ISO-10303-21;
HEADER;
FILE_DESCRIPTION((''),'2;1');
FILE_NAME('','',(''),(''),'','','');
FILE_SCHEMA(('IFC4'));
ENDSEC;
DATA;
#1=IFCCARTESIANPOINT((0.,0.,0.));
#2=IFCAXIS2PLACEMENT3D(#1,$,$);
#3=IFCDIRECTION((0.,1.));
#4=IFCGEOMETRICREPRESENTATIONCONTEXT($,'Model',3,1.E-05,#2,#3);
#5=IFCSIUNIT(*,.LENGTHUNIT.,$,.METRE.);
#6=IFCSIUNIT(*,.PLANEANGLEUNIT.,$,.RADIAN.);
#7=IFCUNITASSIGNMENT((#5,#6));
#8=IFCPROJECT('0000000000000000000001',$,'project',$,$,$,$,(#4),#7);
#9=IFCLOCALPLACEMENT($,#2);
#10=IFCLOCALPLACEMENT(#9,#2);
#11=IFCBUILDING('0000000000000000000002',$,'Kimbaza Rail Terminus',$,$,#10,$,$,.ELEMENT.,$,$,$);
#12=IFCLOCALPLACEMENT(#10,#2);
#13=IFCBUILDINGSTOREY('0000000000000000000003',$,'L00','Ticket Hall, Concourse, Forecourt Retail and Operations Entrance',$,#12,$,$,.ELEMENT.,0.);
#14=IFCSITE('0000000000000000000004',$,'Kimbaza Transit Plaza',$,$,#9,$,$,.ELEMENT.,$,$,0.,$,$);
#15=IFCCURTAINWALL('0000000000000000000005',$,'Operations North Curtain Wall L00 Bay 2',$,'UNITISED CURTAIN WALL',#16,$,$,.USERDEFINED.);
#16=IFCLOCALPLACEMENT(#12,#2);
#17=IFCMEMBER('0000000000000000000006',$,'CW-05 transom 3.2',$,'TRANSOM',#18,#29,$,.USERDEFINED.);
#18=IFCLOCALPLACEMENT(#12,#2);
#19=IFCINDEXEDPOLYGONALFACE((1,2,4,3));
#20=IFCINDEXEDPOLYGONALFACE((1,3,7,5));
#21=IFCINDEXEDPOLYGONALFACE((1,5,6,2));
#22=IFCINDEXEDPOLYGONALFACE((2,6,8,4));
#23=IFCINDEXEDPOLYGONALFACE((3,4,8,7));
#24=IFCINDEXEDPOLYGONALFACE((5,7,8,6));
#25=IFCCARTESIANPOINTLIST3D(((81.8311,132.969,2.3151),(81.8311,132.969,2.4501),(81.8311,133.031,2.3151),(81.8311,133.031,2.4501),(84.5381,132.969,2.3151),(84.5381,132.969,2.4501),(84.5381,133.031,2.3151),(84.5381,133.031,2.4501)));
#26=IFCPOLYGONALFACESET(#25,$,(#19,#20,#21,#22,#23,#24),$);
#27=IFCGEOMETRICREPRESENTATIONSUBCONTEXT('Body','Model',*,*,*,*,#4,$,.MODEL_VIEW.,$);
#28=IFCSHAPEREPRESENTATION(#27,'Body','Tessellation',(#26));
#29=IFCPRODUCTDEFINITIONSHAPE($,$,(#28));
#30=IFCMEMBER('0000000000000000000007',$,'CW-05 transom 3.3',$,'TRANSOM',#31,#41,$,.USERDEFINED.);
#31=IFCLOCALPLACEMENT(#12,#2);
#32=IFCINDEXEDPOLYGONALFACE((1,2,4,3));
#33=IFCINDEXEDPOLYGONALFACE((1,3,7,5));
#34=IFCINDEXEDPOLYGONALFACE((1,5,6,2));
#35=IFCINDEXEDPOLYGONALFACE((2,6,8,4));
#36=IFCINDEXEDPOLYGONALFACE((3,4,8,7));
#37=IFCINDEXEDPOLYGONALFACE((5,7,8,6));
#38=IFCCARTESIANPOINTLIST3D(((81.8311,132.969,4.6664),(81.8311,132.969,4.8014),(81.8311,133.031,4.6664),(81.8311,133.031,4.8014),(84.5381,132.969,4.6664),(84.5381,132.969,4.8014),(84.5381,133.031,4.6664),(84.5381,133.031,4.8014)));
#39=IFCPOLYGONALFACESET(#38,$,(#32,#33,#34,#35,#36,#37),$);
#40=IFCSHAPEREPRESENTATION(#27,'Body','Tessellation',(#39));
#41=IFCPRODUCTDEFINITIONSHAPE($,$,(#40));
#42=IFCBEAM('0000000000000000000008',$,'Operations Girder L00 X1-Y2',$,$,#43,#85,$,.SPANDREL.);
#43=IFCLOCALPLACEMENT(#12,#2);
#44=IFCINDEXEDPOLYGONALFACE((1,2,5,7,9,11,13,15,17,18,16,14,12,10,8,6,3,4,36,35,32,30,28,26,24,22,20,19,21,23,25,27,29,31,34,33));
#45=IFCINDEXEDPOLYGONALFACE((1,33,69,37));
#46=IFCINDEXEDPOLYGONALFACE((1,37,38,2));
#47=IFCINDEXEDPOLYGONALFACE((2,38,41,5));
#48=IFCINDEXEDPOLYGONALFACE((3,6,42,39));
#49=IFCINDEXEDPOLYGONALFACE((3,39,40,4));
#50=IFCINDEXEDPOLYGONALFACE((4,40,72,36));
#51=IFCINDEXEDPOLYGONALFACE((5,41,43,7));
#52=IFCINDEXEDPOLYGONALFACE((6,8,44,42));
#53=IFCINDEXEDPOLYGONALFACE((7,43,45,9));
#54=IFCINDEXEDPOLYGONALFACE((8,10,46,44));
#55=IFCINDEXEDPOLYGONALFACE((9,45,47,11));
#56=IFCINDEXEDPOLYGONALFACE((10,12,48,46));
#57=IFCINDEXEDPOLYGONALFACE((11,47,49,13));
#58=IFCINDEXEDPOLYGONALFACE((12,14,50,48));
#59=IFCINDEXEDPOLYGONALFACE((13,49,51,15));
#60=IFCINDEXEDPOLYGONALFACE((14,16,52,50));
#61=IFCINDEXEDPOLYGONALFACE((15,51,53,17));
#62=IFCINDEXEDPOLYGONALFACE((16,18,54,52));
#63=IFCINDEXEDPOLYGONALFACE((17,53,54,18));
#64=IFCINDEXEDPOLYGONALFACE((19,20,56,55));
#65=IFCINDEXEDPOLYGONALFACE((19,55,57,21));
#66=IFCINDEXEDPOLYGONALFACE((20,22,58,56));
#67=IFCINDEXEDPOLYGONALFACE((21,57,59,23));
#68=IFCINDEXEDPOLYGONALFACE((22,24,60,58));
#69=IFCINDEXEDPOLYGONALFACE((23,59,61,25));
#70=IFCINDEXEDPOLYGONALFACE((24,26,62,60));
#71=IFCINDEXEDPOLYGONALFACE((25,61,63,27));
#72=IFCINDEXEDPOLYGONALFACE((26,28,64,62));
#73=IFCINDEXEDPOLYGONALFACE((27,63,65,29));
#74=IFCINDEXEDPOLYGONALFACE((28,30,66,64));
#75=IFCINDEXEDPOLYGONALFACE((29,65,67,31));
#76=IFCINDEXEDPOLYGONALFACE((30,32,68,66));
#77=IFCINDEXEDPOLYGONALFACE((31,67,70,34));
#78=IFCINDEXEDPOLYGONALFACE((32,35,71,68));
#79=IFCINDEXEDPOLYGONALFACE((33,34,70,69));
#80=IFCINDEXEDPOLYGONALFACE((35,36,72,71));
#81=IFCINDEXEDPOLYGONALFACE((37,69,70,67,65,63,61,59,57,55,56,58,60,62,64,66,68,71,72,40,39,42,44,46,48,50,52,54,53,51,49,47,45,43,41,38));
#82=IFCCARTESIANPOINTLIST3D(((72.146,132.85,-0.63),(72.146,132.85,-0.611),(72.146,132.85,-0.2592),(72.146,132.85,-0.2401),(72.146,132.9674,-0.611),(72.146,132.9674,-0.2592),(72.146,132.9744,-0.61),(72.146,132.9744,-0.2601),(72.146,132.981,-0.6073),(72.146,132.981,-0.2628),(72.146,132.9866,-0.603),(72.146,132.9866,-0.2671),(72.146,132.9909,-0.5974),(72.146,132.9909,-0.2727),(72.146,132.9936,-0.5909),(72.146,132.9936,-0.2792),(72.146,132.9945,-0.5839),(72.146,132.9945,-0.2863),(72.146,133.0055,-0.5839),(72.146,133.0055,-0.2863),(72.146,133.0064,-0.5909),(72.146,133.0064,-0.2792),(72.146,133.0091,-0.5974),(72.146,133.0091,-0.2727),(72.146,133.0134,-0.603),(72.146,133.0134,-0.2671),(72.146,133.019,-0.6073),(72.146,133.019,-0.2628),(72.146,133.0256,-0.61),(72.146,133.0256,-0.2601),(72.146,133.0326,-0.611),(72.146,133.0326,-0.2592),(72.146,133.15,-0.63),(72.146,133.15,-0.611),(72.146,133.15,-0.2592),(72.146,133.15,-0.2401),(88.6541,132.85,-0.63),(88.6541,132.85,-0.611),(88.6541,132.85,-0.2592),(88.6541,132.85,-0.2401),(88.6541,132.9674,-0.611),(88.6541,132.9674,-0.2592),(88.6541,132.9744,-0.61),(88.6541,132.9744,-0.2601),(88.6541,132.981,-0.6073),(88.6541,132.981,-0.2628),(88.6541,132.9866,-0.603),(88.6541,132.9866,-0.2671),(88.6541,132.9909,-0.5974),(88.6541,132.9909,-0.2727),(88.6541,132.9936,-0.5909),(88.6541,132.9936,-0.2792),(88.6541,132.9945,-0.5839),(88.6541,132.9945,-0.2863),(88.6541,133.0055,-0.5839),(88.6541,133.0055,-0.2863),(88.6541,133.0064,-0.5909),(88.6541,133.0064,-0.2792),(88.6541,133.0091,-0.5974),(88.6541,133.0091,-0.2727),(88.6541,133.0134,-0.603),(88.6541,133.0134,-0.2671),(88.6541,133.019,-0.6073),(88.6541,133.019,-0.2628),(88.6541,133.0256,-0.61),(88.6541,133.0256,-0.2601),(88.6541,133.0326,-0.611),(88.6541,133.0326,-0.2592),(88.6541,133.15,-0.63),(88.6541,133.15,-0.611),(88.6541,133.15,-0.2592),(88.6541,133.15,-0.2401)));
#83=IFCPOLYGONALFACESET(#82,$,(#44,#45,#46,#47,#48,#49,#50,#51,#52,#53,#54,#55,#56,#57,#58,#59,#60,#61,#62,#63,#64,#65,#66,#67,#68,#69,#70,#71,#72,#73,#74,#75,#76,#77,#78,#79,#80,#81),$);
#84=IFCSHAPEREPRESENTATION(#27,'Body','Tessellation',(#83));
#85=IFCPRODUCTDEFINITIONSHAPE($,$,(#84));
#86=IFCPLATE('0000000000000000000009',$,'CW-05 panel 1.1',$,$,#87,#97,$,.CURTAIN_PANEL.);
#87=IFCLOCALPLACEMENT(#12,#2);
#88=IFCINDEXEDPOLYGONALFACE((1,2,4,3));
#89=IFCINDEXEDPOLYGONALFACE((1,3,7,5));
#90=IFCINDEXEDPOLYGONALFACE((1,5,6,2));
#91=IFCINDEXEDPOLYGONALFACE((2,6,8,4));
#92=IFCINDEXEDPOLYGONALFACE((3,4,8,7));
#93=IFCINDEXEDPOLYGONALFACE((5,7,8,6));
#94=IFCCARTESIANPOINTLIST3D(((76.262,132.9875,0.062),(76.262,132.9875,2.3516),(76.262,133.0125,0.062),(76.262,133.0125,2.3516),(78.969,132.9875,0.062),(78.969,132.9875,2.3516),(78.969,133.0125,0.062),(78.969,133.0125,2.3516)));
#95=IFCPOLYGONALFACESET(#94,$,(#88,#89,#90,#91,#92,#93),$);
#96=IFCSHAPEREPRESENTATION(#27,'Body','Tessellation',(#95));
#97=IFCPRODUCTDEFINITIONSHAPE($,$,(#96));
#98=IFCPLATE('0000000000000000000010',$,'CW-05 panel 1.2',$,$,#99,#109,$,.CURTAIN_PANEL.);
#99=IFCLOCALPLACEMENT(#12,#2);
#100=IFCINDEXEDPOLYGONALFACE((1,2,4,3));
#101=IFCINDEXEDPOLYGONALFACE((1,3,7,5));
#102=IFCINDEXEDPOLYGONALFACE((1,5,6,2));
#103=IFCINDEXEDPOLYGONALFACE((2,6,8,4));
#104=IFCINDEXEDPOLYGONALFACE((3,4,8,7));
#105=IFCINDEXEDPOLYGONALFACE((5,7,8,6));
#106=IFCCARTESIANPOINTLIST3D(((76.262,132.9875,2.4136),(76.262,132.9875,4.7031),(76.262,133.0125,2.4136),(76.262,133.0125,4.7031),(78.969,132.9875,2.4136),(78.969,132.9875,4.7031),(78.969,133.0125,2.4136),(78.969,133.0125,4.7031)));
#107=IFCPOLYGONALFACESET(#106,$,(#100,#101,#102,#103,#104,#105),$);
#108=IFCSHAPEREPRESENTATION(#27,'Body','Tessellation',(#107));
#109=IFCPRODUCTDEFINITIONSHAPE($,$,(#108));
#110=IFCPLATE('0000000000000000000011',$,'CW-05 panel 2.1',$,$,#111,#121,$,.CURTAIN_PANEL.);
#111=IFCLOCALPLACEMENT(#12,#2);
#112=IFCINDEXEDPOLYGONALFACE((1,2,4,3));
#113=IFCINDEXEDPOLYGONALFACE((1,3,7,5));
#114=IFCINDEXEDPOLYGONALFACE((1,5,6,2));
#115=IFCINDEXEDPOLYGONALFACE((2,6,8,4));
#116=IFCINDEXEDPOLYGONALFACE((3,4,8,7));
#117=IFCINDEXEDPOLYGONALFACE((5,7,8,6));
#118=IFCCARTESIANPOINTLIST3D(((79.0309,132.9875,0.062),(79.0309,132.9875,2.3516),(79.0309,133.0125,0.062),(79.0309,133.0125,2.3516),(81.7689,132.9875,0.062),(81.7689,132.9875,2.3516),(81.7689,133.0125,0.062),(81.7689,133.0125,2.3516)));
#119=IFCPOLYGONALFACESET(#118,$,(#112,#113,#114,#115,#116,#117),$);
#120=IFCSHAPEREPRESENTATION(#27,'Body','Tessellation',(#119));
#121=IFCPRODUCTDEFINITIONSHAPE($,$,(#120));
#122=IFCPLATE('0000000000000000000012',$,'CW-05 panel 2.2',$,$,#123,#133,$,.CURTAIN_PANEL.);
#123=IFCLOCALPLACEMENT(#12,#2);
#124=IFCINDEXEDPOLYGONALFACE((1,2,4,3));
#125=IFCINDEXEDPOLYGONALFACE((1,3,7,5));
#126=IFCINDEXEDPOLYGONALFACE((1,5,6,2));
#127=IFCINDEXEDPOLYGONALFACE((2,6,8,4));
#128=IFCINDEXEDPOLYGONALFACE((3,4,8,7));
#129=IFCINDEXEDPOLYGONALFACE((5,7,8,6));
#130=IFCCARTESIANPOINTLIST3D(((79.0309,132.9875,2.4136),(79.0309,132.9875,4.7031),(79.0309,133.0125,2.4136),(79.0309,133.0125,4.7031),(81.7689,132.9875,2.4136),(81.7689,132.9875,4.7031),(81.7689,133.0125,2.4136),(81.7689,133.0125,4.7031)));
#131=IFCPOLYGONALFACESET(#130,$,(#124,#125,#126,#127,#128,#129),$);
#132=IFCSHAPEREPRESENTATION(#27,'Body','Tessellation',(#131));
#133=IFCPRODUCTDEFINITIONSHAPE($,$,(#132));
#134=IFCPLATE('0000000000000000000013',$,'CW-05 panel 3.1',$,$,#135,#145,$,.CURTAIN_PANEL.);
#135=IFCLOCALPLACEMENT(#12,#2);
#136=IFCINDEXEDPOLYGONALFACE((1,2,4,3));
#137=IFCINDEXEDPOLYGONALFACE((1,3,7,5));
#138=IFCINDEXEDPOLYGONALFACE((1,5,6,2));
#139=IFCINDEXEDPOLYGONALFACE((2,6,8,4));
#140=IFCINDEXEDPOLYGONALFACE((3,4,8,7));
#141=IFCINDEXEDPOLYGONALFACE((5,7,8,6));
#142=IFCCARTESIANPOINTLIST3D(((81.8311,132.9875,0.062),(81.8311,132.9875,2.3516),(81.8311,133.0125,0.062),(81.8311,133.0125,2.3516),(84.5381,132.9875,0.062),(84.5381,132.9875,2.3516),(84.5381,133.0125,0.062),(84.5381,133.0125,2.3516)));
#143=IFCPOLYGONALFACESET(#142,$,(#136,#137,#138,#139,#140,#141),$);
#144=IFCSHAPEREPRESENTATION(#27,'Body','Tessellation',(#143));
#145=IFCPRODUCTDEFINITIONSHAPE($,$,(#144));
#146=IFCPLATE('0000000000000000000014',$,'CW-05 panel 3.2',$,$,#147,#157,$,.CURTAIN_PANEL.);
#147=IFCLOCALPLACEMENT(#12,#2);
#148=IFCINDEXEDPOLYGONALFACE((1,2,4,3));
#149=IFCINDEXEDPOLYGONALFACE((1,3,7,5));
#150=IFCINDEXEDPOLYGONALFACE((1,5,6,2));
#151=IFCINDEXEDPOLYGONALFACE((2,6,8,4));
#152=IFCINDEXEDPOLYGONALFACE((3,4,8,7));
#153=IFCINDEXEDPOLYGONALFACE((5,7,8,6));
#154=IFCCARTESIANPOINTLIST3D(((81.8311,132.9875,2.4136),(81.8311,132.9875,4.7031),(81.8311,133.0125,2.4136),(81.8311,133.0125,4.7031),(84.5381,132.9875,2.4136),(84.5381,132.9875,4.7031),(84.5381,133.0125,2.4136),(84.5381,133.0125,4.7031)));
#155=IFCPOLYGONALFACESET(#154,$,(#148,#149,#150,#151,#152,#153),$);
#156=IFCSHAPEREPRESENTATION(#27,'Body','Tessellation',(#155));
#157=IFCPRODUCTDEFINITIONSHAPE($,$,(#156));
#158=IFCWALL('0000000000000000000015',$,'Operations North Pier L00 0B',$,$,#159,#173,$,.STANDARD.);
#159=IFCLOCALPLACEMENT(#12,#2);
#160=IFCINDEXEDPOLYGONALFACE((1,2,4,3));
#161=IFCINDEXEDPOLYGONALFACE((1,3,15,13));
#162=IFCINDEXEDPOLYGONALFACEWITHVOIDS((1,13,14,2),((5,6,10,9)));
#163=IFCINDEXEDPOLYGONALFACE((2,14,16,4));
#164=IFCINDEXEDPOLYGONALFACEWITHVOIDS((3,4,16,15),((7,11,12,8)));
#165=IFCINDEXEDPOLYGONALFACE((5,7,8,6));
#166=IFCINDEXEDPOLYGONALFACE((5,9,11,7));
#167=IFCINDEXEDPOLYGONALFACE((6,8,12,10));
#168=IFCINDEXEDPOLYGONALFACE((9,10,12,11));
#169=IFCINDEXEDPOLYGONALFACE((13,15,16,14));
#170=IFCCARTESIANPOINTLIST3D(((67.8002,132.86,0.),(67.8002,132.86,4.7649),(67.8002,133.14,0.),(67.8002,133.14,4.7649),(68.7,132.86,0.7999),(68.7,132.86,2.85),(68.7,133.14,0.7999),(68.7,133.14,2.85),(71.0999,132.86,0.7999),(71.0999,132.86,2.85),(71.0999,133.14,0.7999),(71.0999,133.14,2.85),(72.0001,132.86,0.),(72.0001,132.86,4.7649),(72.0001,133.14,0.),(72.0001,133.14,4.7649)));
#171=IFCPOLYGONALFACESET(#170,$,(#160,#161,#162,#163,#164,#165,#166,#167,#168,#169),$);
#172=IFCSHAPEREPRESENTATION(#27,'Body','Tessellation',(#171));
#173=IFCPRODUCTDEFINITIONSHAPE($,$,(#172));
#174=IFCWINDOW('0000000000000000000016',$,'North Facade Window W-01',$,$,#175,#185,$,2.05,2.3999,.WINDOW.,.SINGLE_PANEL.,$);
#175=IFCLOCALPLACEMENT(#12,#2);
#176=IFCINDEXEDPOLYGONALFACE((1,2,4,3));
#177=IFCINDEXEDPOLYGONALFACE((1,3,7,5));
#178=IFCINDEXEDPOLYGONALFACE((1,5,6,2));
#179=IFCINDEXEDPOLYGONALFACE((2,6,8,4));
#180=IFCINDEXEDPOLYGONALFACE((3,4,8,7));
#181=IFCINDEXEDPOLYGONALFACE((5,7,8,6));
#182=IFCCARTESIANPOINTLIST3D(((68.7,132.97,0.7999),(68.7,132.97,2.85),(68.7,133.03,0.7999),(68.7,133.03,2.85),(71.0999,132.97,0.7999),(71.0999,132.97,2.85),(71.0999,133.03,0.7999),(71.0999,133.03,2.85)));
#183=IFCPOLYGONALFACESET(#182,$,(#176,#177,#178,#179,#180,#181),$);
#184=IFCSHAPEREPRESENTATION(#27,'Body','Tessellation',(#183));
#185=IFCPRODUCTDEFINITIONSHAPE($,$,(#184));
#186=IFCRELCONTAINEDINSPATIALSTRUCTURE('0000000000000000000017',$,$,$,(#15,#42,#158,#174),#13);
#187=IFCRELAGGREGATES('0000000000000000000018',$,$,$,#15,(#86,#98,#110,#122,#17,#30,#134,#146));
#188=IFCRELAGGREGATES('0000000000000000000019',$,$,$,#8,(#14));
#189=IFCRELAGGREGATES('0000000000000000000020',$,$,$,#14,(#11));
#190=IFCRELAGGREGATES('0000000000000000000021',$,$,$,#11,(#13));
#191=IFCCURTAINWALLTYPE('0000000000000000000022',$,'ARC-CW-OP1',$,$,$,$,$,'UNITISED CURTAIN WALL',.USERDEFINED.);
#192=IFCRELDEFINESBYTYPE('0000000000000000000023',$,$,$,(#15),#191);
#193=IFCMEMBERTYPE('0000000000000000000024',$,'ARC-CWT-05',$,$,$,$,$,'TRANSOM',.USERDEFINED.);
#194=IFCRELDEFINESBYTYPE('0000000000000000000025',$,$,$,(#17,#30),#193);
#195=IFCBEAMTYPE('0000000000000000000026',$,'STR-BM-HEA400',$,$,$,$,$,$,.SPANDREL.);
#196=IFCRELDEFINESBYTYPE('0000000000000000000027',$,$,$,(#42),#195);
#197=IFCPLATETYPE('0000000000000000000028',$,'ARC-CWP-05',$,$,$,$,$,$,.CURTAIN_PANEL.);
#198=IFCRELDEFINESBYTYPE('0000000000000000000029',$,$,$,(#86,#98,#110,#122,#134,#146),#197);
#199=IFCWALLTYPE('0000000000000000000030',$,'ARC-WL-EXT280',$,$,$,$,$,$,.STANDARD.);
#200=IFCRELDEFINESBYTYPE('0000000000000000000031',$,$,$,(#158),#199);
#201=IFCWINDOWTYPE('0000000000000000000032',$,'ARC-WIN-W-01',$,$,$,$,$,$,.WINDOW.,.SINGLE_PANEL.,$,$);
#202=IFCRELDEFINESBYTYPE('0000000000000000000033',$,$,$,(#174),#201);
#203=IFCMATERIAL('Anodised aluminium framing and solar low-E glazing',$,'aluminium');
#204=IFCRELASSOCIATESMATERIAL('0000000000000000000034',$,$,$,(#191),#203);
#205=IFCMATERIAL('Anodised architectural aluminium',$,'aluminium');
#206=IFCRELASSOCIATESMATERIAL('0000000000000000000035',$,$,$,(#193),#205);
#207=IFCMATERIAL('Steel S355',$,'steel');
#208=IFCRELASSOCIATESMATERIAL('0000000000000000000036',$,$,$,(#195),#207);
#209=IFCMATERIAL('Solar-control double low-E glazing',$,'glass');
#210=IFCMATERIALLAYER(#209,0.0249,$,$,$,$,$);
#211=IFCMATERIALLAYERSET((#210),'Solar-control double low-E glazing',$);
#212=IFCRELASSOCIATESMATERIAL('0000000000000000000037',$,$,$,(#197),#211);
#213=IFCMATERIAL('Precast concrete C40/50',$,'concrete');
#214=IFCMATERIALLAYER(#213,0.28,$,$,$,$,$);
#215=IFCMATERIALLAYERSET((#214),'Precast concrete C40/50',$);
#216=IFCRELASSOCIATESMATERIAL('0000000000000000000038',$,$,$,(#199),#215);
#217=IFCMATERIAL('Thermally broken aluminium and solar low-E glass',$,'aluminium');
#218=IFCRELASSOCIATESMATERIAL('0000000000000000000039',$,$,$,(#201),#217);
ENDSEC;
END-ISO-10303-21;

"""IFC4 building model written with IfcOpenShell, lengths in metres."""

from ifc_helpers import new_model, si_unit, direction, frame, frame_2d, origin, origin_2d, place, context, subcontext, project, spatial, rectangle, i_section, extrude, material, layer, layer_set, material_profile, profile_set, type_object, element, fill, aggregate, save


model = new_model("IFC4")

# Units and contexts
model_context = context("Model", 3, precision=1e-05, world=origin(), true_north=direction((0.0, 1.0)))
body_context = subcontext(model_context, "Body", "Model", "MODEL_VIEW")
ifc_project = project(units=[si_unit("LENGTHUNIT", "METRE"), si_unit("PLANEANGLEUNIT", "RADIAN")], contexts=[model_context])

# Site, building, storey
site_placement = place(None, origin())
site = spatial("IfcSite", under=ifc_project, at=site_placement, Name="Kimbaza Transit Plaza", CompositionType="ELEMENT", RefElevation=0.0)
building_placement = place(site_placement, origin())
building = spatial("IfcBuilding", under=site, at=building_placement, Name="Kimbaza Rail Terminus", CompositionType="ELEMENT")
storey_placement = place(building_placement, origin())
storey = spatial("IfcBuildingStorey", under=building, at=storey_placement, Name="L00", Description="Ticket Hall, Concourse, Forecourt Retail and Operations Entrance", CompositionType="ELEMENT", Elevation=0.0)

# Curtain wall, members
ifc_material_1 = material(Name="Anodised aluminium framing and solar low-E glazing", Category="aluminium")
curtain_wall_type = type_object("IfcCurtainWallType", Name="ARC-CW-OP1", ElementType="UNITISED CURTAIN WALL", PredefinedType="USERDEFINED", material=ifc_material_1)
curtain_wall_placement = place(storey_placement, origin())
curtain_wall = element("IfcCurtainWall", 1, at=curtain_wall_placement, inside=storey, type_object=curtain_wall_type, Name="Operations North Curtain Wall L00 Bay 2", ObjectType="UNITISED CURTAIN WALL", PredefinedType="USERDEFINED")
ifc_material_2 = material(Name="Anodised architectural aluminium", Category="aluminium")
ifc_material_profile_1 = material_profile(ifc_material_2, rectangle(XDim=0.062, YDim=0.135, at=origin_2d()), Name="TRANSOM 62x135")
ifc_profile_set_1 = profile_set([ifc_material_profile_1], Name="Anodised architectural aluminium")
member_type_1 = type_object("IfcMemberType", Name="ARC-CWT-05", ElementType="TRANSOM", PredefinedType="USERDEFINED", material=ifc_profile_set_1)
member_1_placement = place(storey_placement, frame((81.8311, 133.0, 2.3826), z_axis=(1.0, 0.0, 0.0), x_axis=(0.0, 1.0, 0.0)))
member_1 = element("IfcMember", 2, at=member_1_placement, type_object=member_type_1, Name="CW-05 transom 3.2", ObjectType="TRANSOM", PredefinedType="USERDEFINED", context=body_context, shape_type="SweptSolid", body=[
    extrude(rectangle(XDim=0.062, YDim=0.135, at=origin_2d()), origin(), (0.0, 0.0, 1.0), 2.707),
])
member_2_placement = place(storey_placement, frame((81.8311, 133.0, 4.7339), z_axis=(1.0, 0.0, 0.0), x_axis=(0.0, 1.0, 0.0)))
member_2 = element("IfcMember", 3, at=member_2_placement, type_object=member_type_1, Name="CW-05 transom 3.3", ObjectType="TRANSOM", PredefinedType="USERDEFINED", context=body_context, shape_type="SweptSolid", body=[
    extrude(rectangle(XDim=0.062, YDim=0.135, at=origin_2d()), origin(), (0.0, 0.0, 1.0), 2.707),
])

# Beam
ifc_material_3 = material(Name="Steel S355", Category="steel")
ifc_material_profile_2 = material_profile(ifc_material_3, i_section(OverallWidth=0.3, OverallDepth=0.3899, WebThickness=0.011, FlangeThickness=0.019, FilletRadius=0.0271, at=origin_2d()), Name="HEA 400")
ifc_profile_set_2 = profile_set([ifc_material_profile_2], Name="Steel S355")
beam_type = type_object("IfcBeamType", Name="STR-BM-HEA400", PredefinedType="SPANDREL", material=ifc_profile_set_2)
beam_placement = place(storey_placement, frame((72.146, 133.0, -0.4351), z_axis=(1.0, 0.0, 0.0), x_axis=(0.0, 1.0, 0.0)))
element("IfcBeam", 4, at=beam_placement, inside=storey, type_object=beam_type, Name="Operations Girder L00 X1-Y2", PredefinedType="SPANDREL", context=body_context, shape_type="SweptSolid", body=[
    extrude(i_section(OverallWidth=0.3, OverallDepth=0.3899, WebThickness=0.011, FlangeThickness=0.019, FilletRadius=0.0271, at=origin_2d()), origin(), (0.0, 0.0, 1.0), 16.5081),
])

# Plates
ifc_material_4 = material(Name="Solar-control double low-E glazing", Category="glass")
ifc_layer_1 = layer(ifc_material_4, 0.0249)
ifc_layer_set_1 = layer_set([ifc_layer_1], Name="Solar-control double low-E glazing")
plate_type = type_object("IfcPlateType", Name="ARC-CWP-05", PredefinedType="CURTAIN_PANEL", material=ifc_layer_set_1)
plate_1_placement = place(storey_placement, frame((77.6155, 133.0, 0.062), z_axis=(0.0, 0.0, 1.0), x_axis=(1.0, 0.0, 0.0)))
plate_1 = element("IfcPlate", 5, at=plate_1_placement, type_object=plate_type, Name="CW-05 panel 1.1", PredefinedType="CURTAIN_PANEL", context=body_context, shape_type="SweptSolid", body=[
    extrude(rectangle(XDim=2.707, YDim=0.0249, at=origin_2d()), origin(), (0.0, 0.0, 1.0), 2.2896),
])
plate_2_placement = place(storey_placement, frame((77.6155, 133.0, 2.4136), z_axis=(0.0, 0.0, 1.0), x_axis=(1.0, 0.0, 0.0)))
plate_2 = element("IfcPlate", 6, at=plate_2_placement, type_object=plate_type, Name="CW-05 panel 1.2", PredefinedType="CURTAIN_PANEL", context=body_context, shape_type="SweptSolid", body=[
    extrude(rectangle(XDim=2.707, YDim=0.0249, at=origin_2d()), origin(), (0.0, 0.0, 1.0), 2.2896),
])
plate_3_placement = place(storey_placement, frame((80.3999, 133.0, 0.062), z_axis=(0.0, 0.0, 1.0), x_axis=(1.0, 0.0, 0.0)))
plate_3 = element("IfcPlate", 7, at=plate_3_placement, type_object=plate_type, Name="CW-05 panel 2.1", PredefinedType="CURTAIN_PANEL", context=body_context, shape_type="SweptSolid", body=[
    extrude(rectangle(XDim=2.738, YDim=0.0249, at=origin_2d()), origin(), (0.0, 0.0, 1.0), 2.2896),
])
plate_4_placement = place(storey_placement, frame((80.3999, 133.0, 2.4136), z_axis=(0.0, 0.0, 1.0), x_axis=(1.0, 0.0, 0.0)))
plate_4 = element("IfcPlate", 8, at=plate_4_placement, type_object=plate_type, Name="CW-05 panel 2.2", PredefinedType="CURTAIN_PANEL", context=body_context, shape_type="SweptSolid", body=[
    extrude(rectangle(XDim=2.738, YDim=0.0249, at=origin_2d()), origin(), (0.0, 0.0, 1.0), 2.2896),
])
plate_5_placement = place(storey_placement, frame((83.1846, 133.0, 0.062), z_axis=(0.0, 0.0, 1.0), x_axis=(1.0, 0.0, 0.0)))
plate_5 = element("IfcPlate", 9, at=plate_5_placement, type_object=plate_type, Name="CW-05 panel 3.1", PredefinedType="CURTAIN_PANEL", context=body_context, shape_type="SweptSolid", body=[
    extrude(rectangle(XDim=2.707, YDim=0.0249, at=origin_2d()), origin(), (0.0, 0.0, 1.0), 2.2896),
])
plate_6_placement = place(storey_placement, frame((83.1846, 133.0, 2.4136), z_axis=(0.0, 0.0, 1.0), x_axis=(1.0, 0.0, 0.0)))
plate_6 = element("IfcPlate", 10, at=plate_6_placement, type_object=plate_type, Name="CW-05 panel 3.2", PredefinedType="CURTAIN_PANEL", context=body_context, shape_type="SweptSolid", body=[
    extrude(rectangle(XDim=2.707, YDim=0.0249, at=origin_2d()), origin(), (0.0, 0.0, 1.0), 2.2896),
])
aggregate(curtain_wall, [plate_1, plate_2, plate_3, plate_4, member_1, member_2, plate_5, plate_6])

# Wall, opening, window
ifc_material_5 = material(Name="Precast concrete C40/50", Category="concrete")
ifc_layer_2 = layer(ifc_material_5, 0.28)
ifc_layer_set_2 = layer_set([ifc_layer_2], Name="Precast concrete C40/50")
wall_type = type_object("IfcWallType", Name="ARC-WL-EXT280", PredefinedType="STANDARD", material=ifc_layer_set_2)
wall_1_placement = place(storey_placement, frame((67.8, 133.0, 0.0), z_axis=(0.0, 0.0, 1.0), x_axis=(1.0, 0.0, 0.0)))
wall_1 = element("IfcWall", 11, at=wall_1_placement, inside=storey, type_object=wall_type, Name="Operations North Pier L00 0B", PredefinedType="STANDARD", context=body_context, shape_type="SweptSolid", body=[
    extrude(rectangle(XDim=4.2, YDim=0.28, at=frame_2d((2.1001, 0.0))), origin(), (0.0, 0.0, 1.0), 4.7649),
])
opening_1_placement = place(wall_1_placement, frame((0.8999, 0.0, 0.8)))
opening_1 = element("IfcOpeningElement", 12, at=opening_1_placement, cuts=wall_1, PredefinedType="OPENING", context=body_context, shape_type="SweptSolid", body=[
    extrude(rectangle(XDim=2.3999, YDim=2.05, at=frame_2d((1.2, 1.0249))), frame((0.0, 0.1499, 0.0), z_axis=(0.0, -1.0, 0.0), x_axis=(1.0, 0.0, 0.0)), (0.0, 0.0, 1.0), 0.3),
])
ifc_material_6 = material(Name="Thermally broken aluminium and solar low-E glass", Category="aluminium")
window_type_1 = type_object("IfcWindowType", Name="ARC-WIN-W-01", PartitioningType="SINGLE_PANEL", PredefinedType="WINDOW", material=ifc_material_6)
window_1_placement = place(opening_1_placement, origin())
window_1 = element("IfcWindow", 13, at=window_1_placement, inside=storey, type_object=window_type_1, Name="North Facade Window W-01", OverallHeight=2.05, OverallWidth=2.3999, PartitioningType="SINGLE_PANEL", PredefinedType="WINDOW", context=body_context, shape_type="SweptSolid", body=[
    extrude(rectangle(XDim=2.3999, YDim=2.05, at=frame_2d((1.2, 1.0249))), frame((0.0, 0.03, 0.0), z_axis=(0.0, -1.0, 0.0), x_axis=(1.0, 0.0, 0.0)), (0.0, 0.0, 1.0), 0.0601),
])
fill(opening_1, window_1)

save(model, "model.ifc")
